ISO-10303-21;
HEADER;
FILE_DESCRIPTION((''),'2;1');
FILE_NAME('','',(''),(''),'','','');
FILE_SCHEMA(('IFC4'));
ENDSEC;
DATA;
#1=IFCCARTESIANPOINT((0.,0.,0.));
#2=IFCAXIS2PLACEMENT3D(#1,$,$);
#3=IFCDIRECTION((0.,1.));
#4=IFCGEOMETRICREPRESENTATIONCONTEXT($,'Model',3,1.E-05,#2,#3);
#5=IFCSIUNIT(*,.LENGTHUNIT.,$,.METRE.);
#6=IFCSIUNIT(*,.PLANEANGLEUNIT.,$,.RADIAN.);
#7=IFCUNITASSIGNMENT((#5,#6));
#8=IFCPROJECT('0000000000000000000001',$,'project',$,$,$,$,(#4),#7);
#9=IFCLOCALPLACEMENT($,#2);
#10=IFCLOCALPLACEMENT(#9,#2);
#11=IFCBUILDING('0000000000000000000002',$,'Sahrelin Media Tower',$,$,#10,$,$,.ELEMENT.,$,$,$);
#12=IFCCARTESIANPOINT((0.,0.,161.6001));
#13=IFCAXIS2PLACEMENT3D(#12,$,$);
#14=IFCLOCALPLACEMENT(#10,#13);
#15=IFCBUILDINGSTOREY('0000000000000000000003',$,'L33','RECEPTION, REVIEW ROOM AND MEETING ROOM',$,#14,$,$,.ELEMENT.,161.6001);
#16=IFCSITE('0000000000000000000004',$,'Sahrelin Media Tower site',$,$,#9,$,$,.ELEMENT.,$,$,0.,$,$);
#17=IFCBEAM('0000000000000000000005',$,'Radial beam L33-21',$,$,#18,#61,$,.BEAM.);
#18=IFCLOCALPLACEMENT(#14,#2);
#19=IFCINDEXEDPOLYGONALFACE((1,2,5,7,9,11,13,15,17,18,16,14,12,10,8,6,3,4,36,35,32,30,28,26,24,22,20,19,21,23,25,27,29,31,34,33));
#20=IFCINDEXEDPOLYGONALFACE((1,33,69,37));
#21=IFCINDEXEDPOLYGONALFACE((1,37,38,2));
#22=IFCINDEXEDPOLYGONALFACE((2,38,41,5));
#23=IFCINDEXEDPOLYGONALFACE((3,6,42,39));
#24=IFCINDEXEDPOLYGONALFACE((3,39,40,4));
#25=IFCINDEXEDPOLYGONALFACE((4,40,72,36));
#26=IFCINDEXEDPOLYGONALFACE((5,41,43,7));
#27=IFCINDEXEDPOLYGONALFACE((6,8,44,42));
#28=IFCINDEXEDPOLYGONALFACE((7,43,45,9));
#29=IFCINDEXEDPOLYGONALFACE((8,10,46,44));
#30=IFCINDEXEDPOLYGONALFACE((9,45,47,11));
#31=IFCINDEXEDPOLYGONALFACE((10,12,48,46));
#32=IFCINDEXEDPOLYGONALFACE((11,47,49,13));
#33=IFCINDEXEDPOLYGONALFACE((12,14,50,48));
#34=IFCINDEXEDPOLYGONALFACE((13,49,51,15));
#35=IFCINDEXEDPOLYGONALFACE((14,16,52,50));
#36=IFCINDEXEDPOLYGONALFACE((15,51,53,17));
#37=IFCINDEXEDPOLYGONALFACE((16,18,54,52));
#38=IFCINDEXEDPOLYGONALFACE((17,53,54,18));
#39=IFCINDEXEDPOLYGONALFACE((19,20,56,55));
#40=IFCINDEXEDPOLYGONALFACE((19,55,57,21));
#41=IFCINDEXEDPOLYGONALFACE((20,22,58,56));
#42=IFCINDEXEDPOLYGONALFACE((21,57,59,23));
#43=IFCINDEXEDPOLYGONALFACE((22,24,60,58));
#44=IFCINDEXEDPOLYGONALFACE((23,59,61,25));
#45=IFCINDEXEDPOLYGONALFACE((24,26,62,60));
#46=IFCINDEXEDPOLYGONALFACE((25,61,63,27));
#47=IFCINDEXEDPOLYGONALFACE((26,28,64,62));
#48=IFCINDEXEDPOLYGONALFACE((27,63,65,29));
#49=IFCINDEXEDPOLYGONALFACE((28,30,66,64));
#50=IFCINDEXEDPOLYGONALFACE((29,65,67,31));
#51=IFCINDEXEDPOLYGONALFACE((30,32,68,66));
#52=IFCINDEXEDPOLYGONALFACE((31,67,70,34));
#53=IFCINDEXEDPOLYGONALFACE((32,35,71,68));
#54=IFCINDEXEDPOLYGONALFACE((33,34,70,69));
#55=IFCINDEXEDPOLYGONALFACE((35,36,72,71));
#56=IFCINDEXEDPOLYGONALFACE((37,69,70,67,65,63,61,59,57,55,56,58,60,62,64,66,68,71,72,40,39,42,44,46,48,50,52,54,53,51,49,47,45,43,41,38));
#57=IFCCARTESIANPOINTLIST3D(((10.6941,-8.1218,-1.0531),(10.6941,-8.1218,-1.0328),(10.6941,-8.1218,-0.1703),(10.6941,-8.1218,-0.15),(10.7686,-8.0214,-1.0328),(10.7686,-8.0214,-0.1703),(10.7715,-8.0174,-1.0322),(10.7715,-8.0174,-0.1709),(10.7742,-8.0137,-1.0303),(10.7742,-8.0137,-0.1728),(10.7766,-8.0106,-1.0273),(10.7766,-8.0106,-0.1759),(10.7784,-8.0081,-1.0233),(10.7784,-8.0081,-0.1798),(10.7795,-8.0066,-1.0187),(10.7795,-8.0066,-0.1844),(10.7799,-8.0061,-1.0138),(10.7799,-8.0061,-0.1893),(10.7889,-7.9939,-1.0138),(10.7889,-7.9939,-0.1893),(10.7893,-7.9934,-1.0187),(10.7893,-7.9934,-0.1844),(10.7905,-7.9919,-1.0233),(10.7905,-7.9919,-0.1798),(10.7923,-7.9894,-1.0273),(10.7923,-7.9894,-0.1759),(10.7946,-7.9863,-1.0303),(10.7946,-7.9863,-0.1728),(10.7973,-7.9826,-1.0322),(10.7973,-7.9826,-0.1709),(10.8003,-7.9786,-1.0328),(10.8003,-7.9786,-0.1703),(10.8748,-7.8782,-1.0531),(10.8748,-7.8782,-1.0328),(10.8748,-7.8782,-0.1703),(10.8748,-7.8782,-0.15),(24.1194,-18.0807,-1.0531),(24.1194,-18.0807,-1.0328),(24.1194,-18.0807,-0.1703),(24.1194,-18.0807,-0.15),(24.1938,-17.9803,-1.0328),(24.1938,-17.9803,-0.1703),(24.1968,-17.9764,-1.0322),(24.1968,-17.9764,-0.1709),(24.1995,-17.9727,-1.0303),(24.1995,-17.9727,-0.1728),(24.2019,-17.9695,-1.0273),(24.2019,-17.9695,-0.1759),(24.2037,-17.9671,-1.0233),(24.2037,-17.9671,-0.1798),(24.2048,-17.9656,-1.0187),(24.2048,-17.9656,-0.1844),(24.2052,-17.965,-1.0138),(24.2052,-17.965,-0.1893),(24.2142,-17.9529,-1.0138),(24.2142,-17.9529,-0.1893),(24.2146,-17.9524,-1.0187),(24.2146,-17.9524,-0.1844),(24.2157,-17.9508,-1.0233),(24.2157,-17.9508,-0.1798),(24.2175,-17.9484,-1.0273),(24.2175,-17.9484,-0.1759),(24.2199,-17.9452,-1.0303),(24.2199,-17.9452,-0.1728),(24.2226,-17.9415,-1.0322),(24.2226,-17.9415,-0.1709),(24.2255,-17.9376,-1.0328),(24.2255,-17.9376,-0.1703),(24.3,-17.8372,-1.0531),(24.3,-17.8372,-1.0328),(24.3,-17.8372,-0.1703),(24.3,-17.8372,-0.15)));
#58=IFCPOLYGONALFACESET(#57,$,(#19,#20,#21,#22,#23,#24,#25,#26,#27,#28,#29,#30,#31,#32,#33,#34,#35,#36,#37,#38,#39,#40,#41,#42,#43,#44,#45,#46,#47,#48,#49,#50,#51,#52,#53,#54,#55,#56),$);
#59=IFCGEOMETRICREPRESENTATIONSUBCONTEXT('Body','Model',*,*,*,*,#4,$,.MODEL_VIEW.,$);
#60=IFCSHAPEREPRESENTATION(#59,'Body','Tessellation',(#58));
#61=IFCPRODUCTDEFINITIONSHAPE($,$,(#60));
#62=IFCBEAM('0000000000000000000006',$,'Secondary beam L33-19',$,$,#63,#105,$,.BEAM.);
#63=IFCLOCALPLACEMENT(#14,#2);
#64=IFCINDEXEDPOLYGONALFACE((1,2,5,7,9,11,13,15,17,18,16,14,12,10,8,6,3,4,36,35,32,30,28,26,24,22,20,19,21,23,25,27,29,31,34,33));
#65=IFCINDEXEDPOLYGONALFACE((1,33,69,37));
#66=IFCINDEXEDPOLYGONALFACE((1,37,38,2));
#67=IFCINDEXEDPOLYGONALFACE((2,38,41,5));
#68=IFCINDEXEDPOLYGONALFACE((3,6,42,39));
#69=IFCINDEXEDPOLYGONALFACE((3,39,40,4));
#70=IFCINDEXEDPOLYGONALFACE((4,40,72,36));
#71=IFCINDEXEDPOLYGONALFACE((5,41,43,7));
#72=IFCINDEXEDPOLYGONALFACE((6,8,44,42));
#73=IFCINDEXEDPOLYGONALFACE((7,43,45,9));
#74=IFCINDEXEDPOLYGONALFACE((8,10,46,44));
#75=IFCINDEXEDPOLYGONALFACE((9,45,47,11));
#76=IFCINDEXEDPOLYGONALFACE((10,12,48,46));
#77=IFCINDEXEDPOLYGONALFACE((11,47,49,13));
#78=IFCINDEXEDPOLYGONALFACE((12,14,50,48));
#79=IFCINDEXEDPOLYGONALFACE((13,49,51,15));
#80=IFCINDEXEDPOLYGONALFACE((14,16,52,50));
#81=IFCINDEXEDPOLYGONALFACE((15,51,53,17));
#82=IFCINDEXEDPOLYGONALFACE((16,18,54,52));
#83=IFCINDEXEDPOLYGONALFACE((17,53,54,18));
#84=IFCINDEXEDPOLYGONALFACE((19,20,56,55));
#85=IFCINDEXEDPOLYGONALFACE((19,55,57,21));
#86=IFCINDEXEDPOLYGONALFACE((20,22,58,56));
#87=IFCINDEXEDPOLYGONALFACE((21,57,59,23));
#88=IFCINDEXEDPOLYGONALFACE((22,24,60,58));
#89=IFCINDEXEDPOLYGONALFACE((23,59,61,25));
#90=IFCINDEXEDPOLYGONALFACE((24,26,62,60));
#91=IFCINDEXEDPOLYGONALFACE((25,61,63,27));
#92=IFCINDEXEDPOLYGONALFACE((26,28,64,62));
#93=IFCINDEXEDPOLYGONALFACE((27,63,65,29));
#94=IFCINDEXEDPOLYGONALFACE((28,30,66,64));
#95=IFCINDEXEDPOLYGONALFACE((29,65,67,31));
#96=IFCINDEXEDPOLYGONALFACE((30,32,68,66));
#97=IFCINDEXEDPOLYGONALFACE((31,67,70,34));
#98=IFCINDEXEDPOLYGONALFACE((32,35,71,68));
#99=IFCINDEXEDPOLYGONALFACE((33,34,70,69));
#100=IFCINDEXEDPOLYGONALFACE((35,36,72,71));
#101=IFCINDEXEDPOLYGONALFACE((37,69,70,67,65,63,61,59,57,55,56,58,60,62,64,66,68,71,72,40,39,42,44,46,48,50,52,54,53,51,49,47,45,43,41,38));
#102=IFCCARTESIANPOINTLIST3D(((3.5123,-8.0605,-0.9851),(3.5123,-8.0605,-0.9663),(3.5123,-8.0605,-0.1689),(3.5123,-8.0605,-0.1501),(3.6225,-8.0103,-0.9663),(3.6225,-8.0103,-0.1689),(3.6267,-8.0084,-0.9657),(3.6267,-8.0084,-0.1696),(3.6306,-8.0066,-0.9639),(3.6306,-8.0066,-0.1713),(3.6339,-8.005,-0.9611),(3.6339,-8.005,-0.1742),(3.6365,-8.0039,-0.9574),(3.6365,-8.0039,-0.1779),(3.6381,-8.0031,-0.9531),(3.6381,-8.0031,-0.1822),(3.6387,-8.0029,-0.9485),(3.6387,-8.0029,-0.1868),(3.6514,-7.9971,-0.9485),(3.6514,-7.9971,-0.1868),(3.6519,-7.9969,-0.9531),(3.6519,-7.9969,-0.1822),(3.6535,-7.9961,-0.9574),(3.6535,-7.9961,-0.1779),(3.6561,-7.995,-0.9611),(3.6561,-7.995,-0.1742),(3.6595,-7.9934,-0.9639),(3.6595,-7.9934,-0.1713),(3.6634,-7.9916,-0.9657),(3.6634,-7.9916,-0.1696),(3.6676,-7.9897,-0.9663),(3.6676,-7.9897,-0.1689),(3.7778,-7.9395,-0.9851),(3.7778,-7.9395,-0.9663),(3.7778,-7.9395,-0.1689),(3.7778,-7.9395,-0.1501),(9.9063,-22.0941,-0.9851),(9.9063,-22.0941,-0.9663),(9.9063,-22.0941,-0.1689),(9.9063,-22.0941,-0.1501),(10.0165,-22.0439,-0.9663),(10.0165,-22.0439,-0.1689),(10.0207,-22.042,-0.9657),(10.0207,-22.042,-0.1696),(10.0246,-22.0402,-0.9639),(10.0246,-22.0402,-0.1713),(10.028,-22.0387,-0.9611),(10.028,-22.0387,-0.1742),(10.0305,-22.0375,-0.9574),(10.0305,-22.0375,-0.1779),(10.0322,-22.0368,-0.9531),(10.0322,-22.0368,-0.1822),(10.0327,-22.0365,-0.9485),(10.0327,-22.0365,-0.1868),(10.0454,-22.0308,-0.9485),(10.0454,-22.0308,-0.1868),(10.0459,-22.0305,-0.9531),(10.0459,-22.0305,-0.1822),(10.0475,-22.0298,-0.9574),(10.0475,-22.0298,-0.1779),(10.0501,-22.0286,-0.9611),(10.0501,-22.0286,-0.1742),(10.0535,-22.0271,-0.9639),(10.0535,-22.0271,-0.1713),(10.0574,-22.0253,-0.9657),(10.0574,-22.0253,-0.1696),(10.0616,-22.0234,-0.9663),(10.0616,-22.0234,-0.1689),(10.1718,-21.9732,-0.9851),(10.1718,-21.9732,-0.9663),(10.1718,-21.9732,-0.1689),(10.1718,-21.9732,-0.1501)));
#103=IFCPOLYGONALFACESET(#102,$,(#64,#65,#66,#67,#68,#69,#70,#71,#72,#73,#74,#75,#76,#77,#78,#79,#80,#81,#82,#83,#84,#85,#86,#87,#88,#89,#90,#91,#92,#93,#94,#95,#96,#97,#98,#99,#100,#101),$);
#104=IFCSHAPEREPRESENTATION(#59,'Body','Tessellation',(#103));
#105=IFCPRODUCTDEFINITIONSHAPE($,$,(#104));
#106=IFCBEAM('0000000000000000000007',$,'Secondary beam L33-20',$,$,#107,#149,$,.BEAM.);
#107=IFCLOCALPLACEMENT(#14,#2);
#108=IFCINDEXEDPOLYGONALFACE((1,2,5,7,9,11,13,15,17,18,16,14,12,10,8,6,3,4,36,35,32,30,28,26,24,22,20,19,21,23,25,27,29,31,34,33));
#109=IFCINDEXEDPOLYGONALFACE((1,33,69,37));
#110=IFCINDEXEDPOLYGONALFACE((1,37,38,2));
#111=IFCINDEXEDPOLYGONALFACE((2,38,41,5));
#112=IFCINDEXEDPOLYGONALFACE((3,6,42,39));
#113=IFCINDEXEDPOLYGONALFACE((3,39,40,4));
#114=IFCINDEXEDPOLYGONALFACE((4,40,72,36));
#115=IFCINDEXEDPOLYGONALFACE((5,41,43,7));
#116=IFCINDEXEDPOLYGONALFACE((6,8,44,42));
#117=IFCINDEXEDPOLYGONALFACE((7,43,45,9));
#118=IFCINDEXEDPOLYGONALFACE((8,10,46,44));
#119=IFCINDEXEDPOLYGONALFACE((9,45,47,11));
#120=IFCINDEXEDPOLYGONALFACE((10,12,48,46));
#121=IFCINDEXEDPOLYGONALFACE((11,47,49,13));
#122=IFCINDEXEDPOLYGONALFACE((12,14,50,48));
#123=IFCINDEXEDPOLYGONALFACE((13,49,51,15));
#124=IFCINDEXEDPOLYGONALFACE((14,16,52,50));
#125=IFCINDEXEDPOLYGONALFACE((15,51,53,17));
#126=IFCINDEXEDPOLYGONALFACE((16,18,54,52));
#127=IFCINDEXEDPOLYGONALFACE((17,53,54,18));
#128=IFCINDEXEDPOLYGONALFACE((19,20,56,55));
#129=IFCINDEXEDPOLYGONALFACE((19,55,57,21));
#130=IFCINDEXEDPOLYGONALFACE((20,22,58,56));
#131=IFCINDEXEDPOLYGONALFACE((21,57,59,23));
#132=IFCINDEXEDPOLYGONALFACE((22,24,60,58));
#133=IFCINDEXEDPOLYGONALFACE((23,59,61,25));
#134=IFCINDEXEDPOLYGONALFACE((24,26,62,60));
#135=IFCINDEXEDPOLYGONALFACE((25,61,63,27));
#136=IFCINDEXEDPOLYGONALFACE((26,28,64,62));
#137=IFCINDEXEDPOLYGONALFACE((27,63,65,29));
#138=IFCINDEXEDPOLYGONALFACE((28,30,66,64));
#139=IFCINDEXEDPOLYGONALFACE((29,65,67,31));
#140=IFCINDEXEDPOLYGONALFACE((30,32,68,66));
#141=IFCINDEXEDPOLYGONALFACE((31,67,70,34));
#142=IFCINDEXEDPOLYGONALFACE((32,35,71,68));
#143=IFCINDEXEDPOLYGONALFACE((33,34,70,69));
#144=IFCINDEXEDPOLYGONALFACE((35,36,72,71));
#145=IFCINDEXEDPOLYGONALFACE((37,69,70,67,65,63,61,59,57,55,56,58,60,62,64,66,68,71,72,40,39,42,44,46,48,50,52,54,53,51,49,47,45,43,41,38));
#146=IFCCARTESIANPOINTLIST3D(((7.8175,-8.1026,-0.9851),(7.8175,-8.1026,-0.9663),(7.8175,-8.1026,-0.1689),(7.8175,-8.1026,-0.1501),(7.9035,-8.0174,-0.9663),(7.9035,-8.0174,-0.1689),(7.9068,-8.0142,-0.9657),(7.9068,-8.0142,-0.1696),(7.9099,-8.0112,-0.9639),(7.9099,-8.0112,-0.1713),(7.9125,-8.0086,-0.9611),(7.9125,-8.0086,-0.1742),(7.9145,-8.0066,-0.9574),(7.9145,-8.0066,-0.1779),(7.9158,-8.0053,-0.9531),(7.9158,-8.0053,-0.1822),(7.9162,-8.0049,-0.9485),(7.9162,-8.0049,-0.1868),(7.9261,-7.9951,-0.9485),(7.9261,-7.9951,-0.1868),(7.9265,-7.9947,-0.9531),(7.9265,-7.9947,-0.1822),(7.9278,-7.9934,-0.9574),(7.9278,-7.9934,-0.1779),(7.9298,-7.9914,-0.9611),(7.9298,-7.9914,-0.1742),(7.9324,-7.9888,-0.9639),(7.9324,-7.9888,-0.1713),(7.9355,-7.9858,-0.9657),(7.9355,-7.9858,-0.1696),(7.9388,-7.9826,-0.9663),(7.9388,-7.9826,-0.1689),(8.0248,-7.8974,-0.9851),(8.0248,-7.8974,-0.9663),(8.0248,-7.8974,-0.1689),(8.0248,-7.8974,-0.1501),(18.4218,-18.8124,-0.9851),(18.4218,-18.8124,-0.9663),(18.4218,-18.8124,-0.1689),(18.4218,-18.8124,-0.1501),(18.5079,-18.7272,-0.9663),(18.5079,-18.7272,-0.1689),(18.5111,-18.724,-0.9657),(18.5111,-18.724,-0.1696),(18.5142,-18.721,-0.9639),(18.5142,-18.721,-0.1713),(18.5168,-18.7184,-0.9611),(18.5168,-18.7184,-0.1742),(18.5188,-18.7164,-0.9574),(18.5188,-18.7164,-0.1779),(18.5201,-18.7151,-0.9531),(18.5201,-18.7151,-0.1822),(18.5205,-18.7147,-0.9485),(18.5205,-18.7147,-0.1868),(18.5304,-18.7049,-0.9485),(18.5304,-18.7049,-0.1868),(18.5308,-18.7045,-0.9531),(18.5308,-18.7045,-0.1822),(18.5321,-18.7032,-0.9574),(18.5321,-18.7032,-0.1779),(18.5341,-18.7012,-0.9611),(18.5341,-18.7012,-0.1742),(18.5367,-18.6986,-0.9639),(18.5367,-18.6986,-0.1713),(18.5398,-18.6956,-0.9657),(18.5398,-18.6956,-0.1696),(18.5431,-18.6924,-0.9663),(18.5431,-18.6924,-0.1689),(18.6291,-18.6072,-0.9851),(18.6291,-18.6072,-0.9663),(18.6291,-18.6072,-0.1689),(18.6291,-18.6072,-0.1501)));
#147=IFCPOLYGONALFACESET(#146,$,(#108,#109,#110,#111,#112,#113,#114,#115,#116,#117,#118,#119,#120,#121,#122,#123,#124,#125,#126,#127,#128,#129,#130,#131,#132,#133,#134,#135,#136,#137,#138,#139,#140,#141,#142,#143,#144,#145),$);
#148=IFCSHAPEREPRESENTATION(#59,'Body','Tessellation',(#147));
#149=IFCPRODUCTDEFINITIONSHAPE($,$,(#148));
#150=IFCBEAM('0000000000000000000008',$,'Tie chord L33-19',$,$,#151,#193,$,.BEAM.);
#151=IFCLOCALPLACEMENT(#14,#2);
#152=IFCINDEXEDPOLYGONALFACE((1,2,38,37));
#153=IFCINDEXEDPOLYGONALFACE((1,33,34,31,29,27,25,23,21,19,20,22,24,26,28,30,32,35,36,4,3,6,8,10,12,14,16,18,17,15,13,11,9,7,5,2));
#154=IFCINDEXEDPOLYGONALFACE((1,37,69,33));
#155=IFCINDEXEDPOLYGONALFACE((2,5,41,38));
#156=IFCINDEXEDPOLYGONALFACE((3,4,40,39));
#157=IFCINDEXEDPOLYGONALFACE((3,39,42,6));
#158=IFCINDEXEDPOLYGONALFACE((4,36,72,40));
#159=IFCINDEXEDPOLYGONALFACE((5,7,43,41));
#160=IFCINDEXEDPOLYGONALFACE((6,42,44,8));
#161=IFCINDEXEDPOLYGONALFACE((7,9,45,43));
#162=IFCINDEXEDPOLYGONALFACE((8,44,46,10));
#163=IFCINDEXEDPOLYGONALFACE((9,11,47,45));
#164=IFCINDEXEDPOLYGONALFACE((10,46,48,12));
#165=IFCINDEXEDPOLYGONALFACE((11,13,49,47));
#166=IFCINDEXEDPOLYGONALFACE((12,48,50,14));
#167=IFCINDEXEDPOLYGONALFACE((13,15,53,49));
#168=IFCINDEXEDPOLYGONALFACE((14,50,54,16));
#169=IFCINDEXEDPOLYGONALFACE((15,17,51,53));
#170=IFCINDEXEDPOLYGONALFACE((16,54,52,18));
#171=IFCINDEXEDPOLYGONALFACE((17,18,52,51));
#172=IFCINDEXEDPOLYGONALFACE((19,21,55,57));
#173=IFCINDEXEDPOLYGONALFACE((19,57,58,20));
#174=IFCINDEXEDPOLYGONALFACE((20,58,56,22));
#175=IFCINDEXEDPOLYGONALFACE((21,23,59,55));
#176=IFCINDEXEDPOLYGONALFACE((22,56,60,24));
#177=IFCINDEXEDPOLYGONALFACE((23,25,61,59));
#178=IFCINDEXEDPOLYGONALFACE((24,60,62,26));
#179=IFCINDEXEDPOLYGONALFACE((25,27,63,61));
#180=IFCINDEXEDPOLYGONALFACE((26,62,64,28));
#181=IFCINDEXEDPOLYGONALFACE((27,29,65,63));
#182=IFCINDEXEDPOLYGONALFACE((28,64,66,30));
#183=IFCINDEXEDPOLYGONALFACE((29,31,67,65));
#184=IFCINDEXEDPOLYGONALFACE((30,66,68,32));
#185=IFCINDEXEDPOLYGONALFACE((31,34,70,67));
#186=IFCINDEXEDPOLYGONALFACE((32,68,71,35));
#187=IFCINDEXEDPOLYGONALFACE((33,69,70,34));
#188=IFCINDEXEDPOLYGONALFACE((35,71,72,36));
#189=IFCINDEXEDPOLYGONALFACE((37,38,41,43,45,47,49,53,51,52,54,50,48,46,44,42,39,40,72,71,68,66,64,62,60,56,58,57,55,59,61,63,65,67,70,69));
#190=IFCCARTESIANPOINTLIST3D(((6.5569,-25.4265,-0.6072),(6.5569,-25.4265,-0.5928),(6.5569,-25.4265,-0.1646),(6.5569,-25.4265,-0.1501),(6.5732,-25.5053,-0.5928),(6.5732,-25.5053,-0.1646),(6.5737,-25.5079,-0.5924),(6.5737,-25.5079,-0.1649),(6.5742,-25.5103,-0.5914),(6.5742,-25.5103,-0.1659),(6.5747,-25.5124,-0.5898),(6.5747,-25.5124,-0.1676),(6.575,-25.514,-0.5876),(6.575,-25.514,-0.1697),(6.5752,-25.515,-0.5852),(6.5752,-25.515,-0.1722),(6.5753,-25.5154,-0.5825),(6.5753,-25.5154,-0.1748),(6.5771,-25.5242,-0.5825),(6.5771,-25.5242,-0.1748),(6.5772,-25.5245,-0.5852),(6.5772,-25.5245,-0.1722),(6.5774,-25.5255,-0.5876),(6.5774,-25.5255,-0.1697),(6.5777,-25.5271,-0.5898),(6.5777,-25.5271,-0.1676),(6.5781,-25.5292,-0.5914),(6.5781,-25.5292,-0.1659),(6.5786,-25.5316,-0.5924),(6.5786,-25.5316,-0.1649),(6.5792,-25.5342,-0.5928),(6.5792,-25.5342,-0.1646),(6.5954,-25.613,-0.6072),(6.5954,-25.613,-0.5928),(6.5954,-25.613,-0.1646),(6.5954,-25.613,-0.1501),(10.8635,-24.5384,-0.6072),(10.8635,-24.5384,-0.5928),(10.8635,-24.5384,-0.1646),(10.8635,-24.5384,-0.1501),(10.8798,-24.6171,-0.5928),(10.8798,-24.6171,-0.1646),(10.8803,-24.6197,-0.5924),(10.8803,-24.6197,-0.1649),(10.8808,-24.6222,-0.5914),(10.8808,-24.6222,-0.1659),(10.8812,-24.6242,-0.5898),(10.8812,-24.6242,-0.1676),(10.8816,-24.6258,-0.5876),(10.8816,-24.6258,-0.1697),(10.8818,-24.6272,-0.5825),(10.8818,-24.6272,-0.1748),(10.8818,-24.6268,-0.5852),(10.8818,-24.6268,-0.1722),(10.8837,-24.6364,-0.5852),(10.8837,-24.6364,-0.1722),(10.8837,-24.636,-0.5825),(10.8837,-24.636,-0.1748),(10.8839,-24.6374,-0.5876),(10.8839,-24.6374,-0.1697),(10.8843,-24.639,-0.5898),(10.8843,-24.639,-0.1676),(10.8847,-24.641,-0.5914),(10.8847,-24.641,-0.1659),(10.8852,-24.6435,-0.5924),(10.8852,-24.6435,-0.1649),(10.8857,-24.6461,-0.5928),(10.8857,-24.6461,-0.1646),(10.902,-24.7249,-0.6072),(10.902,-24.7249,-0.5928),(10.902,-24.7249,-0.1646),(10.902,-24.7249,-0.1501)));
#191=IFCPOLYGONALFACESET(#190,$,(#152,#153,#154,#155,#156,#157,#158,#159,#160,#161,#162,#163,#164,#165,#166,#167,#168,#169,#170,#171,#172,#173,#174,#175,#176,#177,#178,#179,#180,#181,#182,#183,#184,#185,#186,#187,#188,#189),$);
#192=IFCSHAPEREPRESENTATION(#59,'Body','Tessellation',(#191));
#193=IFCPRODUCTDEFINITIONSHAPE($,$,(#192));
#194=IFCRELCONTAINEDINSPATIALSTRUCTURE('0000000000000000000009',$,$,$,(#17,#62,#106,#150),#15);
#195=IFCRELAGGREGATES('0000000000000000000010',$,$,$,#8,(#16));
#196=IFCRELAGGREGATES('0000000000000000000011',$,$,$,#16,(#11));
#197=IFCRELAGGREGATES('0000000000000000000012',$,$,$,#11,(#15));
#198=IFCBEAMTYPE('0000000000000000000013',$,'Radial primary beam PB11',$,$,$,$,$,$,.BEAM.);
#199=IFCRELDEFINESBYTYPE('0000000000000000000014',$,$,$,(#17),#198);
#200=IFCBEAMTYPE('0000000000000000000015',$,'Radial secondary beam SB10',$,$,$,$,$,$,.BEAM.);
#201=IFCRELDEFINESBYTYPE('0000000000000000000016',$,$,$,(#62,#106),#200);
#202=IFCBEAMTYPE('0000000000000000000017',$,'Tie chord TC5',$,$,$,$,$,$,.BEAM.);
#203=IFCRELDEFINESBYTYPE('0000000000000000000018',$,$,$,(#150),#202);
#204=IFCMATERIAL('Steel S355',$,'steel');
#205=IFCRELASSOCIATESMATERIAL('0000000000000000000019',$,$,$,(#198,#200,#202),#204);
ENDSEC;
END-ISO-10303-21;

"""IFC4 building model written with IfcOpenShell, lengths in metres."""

from ifc_helpers import new_model, si_unit, direction, frame, origin, origin_2d, place, context, subcontext, project, spatial, i_section, extrude, material, material_profile, profile_set, type_object, element, save


model = new_model("IFC4")

# Units and contexts
model_context = context("Model", 3, precision=1e-05, world=origin(), true_north=direction((0.0, 1.0)))
body_context = subcontext(model_context, "Body", "Model", "MODEL_VIEW")
ifc_project = project(units=[si_unit("LENGTHUNIT", "METRE"), si_unit("PLANEANGLEUNIT", "RADIAN")], contexts=[model_context])

# Site, building, storey
site_placement = place(None, origin())
site = spatial("IfcSite", under=ifc_project, at=site_placement, Name="Sahrelin Media Tower site", CompositionType="ELEMENT", RefElevation=0.0)
building_placement = place(site_placement, origin())
building = spatial("IfcBuilding", under=site, at=building_placement, Name="Sahrelin Media Tower", CompositionType="ELEMENT")
storey_placement = place(building_placement, frame((0.0, 0.0, 161.6001)))
storey = spatial("IfcBuildingStorey", under=building, at=storey_placement, Name="L33", Description="RECEPTION, REVIEW ROOM AND MEETING ROOM", CompositionType="ELEMENT", Elevation=161.6001)

# Shared definitions
ifc_material_1 = material(Name="Steel S355", Category="steel")

# Beams
ifc_material_profile_1 = material_profile(ifc_material_1, i_section(OverallWidth=0.3032, OverallDepth=0.9031, WebThickness=0.0151, FlangeThickness=0.0203, FilletRadius=0.019, at=origin_2d()), Name="UB 914x305x201")
ifc_profile_set_1 = profile_set([ifc_material_profile_1], Name="Steel S355")
beam_type_1 = type_object("IfcBeamType", Name="Radial primary beam PB11", PredefinedType="BEAM", material=ifc_profile_set_1)
beam_1_placement = place(storey_placement, frame((10.7844, -8.0, -0.6016), z_axis=(0.803147, -0.595781, 0.0), x_axis=(0.595781, 0.803147, 0.0)))
element("IfcBeam", 1, at=beam_1_placement, inside=storey, type_object=beam_type_1, Name="Radial beam L33-21", PredefinedType="BEAM", context=body_context, shape_type="SweptSolid", body=[
    extrude(i_section(OverallWidth=0.3032, OverallDepth=0.9031, WebThickness=0.0151, FlangeThickness=0.0203, FilletRadius=0.019, at=origin_2d()), origin(), (0.0, 0.0, 1.0), 16.7158),
])
ifc_material_profile_2 = material_profile(ifc_material_1, i_section(OverallWidth=0.2917, OverallDepth=0.835, WebThickness=0.0139, FlangeThickness=0.0188, FilletRadius=0.0178, at=origin_2d()), Name="UB 838x292x176")
ifc_profile_set_2 = profile_set([ifc_material_profile_2], Name="Steel S355")
beam_type_2 = type_object("IfcBeamType", Name="Radial secondary beam SB10", PredefinedType="BEAM", material=ifc_profile_set_2)
beam_2_placement = place(storey_placement, frame((3.645, -8.0, -0.5676), z_axis=(0.414614, -0.909997, 0.0), x_axis=(0.909997, 0.414614, 0.0)))
element("IfcBeam", 2, at=beam_2_placement, inside=storey, type_object=beam_type_2, Name="Secondary beam L33-19", PredefinedType="BEAM", context=body_context, shape_type="SweptSolid", body=[
    extrude(i_section(OverallWidth=0.2917, OverallDepth=0.835, WebThickness=0.0139, FlangeThickness=0.0188, FilletRadius=0.0178, at=origin_2d()), origin(), (0.0, 0.0, 1.0), 15.4216),
])
beam_3_placement = place(storey_placement, frame((7.9211, -8.0, -0.5676), z_axis=(0.703599, -0.710597, 0.0), x_axis=(0.710597, 0.703599, 0.0)))
element("IfcBeam", 3, at=beam_3_placement, inside=storey, type_object=beam_type_2, Name="Secondary beam L33-20", PredefinedType="BEAM", context=body_context, shape_type="SweptSolid", body=[
    extrude(i_section(OverallWidth=0.2917, OverallDepth=0.835, WebThickness=0.0139, FlangeThickness=0.0188, FilletRadius=0.0178, at=origin_2d()), origin(), (0.0, 0.0, 1.0), 15.0715),
])
ifc_material_profile_3 = material_profile(ifc_material_1, i_section(OverallWidth=0.1904, OverallDepth=0.457, WebThickness=0.009, FlangeThickness=0.0144, FilletRadius=0.0103, at=origin_2d()), Name="UB 457x191x74")
ifc_profile_set_3 = profile_set([ifc_material_profile_3], Name="Steel S355")
beam_type_3 = type_object("IfcBeamType", Name="Tie chord TC5", PredefinedType="BEAM", material=ifc_profile_set_3)
beam_4_placement = place(storey_placement, frame((6.5762, -25.5198, -0.3787), z_axis=(0.979389, 0.201985, 0.0), x_axis=(-0.201985, 0.979389, 0.0)))
element("IfcBeam", 4, at=beam_4_placement, inside=storey, type_object=beam_type_3, Name="Tie chord L33-19", PredefinedType="BEAM", context=body_context, shape_type="SweptSolid", body=[
    extrude(i_section(OverallWidth=0.1904, OverallDepth=0.457, WebThickness=0.009, FlangeThickness=0.0144, FilletRadius=0.0103, at=origin_2d()), origin(), (0.0, 0.0, 1.0), 4.3972),
])

save(model, "model.ifc")
